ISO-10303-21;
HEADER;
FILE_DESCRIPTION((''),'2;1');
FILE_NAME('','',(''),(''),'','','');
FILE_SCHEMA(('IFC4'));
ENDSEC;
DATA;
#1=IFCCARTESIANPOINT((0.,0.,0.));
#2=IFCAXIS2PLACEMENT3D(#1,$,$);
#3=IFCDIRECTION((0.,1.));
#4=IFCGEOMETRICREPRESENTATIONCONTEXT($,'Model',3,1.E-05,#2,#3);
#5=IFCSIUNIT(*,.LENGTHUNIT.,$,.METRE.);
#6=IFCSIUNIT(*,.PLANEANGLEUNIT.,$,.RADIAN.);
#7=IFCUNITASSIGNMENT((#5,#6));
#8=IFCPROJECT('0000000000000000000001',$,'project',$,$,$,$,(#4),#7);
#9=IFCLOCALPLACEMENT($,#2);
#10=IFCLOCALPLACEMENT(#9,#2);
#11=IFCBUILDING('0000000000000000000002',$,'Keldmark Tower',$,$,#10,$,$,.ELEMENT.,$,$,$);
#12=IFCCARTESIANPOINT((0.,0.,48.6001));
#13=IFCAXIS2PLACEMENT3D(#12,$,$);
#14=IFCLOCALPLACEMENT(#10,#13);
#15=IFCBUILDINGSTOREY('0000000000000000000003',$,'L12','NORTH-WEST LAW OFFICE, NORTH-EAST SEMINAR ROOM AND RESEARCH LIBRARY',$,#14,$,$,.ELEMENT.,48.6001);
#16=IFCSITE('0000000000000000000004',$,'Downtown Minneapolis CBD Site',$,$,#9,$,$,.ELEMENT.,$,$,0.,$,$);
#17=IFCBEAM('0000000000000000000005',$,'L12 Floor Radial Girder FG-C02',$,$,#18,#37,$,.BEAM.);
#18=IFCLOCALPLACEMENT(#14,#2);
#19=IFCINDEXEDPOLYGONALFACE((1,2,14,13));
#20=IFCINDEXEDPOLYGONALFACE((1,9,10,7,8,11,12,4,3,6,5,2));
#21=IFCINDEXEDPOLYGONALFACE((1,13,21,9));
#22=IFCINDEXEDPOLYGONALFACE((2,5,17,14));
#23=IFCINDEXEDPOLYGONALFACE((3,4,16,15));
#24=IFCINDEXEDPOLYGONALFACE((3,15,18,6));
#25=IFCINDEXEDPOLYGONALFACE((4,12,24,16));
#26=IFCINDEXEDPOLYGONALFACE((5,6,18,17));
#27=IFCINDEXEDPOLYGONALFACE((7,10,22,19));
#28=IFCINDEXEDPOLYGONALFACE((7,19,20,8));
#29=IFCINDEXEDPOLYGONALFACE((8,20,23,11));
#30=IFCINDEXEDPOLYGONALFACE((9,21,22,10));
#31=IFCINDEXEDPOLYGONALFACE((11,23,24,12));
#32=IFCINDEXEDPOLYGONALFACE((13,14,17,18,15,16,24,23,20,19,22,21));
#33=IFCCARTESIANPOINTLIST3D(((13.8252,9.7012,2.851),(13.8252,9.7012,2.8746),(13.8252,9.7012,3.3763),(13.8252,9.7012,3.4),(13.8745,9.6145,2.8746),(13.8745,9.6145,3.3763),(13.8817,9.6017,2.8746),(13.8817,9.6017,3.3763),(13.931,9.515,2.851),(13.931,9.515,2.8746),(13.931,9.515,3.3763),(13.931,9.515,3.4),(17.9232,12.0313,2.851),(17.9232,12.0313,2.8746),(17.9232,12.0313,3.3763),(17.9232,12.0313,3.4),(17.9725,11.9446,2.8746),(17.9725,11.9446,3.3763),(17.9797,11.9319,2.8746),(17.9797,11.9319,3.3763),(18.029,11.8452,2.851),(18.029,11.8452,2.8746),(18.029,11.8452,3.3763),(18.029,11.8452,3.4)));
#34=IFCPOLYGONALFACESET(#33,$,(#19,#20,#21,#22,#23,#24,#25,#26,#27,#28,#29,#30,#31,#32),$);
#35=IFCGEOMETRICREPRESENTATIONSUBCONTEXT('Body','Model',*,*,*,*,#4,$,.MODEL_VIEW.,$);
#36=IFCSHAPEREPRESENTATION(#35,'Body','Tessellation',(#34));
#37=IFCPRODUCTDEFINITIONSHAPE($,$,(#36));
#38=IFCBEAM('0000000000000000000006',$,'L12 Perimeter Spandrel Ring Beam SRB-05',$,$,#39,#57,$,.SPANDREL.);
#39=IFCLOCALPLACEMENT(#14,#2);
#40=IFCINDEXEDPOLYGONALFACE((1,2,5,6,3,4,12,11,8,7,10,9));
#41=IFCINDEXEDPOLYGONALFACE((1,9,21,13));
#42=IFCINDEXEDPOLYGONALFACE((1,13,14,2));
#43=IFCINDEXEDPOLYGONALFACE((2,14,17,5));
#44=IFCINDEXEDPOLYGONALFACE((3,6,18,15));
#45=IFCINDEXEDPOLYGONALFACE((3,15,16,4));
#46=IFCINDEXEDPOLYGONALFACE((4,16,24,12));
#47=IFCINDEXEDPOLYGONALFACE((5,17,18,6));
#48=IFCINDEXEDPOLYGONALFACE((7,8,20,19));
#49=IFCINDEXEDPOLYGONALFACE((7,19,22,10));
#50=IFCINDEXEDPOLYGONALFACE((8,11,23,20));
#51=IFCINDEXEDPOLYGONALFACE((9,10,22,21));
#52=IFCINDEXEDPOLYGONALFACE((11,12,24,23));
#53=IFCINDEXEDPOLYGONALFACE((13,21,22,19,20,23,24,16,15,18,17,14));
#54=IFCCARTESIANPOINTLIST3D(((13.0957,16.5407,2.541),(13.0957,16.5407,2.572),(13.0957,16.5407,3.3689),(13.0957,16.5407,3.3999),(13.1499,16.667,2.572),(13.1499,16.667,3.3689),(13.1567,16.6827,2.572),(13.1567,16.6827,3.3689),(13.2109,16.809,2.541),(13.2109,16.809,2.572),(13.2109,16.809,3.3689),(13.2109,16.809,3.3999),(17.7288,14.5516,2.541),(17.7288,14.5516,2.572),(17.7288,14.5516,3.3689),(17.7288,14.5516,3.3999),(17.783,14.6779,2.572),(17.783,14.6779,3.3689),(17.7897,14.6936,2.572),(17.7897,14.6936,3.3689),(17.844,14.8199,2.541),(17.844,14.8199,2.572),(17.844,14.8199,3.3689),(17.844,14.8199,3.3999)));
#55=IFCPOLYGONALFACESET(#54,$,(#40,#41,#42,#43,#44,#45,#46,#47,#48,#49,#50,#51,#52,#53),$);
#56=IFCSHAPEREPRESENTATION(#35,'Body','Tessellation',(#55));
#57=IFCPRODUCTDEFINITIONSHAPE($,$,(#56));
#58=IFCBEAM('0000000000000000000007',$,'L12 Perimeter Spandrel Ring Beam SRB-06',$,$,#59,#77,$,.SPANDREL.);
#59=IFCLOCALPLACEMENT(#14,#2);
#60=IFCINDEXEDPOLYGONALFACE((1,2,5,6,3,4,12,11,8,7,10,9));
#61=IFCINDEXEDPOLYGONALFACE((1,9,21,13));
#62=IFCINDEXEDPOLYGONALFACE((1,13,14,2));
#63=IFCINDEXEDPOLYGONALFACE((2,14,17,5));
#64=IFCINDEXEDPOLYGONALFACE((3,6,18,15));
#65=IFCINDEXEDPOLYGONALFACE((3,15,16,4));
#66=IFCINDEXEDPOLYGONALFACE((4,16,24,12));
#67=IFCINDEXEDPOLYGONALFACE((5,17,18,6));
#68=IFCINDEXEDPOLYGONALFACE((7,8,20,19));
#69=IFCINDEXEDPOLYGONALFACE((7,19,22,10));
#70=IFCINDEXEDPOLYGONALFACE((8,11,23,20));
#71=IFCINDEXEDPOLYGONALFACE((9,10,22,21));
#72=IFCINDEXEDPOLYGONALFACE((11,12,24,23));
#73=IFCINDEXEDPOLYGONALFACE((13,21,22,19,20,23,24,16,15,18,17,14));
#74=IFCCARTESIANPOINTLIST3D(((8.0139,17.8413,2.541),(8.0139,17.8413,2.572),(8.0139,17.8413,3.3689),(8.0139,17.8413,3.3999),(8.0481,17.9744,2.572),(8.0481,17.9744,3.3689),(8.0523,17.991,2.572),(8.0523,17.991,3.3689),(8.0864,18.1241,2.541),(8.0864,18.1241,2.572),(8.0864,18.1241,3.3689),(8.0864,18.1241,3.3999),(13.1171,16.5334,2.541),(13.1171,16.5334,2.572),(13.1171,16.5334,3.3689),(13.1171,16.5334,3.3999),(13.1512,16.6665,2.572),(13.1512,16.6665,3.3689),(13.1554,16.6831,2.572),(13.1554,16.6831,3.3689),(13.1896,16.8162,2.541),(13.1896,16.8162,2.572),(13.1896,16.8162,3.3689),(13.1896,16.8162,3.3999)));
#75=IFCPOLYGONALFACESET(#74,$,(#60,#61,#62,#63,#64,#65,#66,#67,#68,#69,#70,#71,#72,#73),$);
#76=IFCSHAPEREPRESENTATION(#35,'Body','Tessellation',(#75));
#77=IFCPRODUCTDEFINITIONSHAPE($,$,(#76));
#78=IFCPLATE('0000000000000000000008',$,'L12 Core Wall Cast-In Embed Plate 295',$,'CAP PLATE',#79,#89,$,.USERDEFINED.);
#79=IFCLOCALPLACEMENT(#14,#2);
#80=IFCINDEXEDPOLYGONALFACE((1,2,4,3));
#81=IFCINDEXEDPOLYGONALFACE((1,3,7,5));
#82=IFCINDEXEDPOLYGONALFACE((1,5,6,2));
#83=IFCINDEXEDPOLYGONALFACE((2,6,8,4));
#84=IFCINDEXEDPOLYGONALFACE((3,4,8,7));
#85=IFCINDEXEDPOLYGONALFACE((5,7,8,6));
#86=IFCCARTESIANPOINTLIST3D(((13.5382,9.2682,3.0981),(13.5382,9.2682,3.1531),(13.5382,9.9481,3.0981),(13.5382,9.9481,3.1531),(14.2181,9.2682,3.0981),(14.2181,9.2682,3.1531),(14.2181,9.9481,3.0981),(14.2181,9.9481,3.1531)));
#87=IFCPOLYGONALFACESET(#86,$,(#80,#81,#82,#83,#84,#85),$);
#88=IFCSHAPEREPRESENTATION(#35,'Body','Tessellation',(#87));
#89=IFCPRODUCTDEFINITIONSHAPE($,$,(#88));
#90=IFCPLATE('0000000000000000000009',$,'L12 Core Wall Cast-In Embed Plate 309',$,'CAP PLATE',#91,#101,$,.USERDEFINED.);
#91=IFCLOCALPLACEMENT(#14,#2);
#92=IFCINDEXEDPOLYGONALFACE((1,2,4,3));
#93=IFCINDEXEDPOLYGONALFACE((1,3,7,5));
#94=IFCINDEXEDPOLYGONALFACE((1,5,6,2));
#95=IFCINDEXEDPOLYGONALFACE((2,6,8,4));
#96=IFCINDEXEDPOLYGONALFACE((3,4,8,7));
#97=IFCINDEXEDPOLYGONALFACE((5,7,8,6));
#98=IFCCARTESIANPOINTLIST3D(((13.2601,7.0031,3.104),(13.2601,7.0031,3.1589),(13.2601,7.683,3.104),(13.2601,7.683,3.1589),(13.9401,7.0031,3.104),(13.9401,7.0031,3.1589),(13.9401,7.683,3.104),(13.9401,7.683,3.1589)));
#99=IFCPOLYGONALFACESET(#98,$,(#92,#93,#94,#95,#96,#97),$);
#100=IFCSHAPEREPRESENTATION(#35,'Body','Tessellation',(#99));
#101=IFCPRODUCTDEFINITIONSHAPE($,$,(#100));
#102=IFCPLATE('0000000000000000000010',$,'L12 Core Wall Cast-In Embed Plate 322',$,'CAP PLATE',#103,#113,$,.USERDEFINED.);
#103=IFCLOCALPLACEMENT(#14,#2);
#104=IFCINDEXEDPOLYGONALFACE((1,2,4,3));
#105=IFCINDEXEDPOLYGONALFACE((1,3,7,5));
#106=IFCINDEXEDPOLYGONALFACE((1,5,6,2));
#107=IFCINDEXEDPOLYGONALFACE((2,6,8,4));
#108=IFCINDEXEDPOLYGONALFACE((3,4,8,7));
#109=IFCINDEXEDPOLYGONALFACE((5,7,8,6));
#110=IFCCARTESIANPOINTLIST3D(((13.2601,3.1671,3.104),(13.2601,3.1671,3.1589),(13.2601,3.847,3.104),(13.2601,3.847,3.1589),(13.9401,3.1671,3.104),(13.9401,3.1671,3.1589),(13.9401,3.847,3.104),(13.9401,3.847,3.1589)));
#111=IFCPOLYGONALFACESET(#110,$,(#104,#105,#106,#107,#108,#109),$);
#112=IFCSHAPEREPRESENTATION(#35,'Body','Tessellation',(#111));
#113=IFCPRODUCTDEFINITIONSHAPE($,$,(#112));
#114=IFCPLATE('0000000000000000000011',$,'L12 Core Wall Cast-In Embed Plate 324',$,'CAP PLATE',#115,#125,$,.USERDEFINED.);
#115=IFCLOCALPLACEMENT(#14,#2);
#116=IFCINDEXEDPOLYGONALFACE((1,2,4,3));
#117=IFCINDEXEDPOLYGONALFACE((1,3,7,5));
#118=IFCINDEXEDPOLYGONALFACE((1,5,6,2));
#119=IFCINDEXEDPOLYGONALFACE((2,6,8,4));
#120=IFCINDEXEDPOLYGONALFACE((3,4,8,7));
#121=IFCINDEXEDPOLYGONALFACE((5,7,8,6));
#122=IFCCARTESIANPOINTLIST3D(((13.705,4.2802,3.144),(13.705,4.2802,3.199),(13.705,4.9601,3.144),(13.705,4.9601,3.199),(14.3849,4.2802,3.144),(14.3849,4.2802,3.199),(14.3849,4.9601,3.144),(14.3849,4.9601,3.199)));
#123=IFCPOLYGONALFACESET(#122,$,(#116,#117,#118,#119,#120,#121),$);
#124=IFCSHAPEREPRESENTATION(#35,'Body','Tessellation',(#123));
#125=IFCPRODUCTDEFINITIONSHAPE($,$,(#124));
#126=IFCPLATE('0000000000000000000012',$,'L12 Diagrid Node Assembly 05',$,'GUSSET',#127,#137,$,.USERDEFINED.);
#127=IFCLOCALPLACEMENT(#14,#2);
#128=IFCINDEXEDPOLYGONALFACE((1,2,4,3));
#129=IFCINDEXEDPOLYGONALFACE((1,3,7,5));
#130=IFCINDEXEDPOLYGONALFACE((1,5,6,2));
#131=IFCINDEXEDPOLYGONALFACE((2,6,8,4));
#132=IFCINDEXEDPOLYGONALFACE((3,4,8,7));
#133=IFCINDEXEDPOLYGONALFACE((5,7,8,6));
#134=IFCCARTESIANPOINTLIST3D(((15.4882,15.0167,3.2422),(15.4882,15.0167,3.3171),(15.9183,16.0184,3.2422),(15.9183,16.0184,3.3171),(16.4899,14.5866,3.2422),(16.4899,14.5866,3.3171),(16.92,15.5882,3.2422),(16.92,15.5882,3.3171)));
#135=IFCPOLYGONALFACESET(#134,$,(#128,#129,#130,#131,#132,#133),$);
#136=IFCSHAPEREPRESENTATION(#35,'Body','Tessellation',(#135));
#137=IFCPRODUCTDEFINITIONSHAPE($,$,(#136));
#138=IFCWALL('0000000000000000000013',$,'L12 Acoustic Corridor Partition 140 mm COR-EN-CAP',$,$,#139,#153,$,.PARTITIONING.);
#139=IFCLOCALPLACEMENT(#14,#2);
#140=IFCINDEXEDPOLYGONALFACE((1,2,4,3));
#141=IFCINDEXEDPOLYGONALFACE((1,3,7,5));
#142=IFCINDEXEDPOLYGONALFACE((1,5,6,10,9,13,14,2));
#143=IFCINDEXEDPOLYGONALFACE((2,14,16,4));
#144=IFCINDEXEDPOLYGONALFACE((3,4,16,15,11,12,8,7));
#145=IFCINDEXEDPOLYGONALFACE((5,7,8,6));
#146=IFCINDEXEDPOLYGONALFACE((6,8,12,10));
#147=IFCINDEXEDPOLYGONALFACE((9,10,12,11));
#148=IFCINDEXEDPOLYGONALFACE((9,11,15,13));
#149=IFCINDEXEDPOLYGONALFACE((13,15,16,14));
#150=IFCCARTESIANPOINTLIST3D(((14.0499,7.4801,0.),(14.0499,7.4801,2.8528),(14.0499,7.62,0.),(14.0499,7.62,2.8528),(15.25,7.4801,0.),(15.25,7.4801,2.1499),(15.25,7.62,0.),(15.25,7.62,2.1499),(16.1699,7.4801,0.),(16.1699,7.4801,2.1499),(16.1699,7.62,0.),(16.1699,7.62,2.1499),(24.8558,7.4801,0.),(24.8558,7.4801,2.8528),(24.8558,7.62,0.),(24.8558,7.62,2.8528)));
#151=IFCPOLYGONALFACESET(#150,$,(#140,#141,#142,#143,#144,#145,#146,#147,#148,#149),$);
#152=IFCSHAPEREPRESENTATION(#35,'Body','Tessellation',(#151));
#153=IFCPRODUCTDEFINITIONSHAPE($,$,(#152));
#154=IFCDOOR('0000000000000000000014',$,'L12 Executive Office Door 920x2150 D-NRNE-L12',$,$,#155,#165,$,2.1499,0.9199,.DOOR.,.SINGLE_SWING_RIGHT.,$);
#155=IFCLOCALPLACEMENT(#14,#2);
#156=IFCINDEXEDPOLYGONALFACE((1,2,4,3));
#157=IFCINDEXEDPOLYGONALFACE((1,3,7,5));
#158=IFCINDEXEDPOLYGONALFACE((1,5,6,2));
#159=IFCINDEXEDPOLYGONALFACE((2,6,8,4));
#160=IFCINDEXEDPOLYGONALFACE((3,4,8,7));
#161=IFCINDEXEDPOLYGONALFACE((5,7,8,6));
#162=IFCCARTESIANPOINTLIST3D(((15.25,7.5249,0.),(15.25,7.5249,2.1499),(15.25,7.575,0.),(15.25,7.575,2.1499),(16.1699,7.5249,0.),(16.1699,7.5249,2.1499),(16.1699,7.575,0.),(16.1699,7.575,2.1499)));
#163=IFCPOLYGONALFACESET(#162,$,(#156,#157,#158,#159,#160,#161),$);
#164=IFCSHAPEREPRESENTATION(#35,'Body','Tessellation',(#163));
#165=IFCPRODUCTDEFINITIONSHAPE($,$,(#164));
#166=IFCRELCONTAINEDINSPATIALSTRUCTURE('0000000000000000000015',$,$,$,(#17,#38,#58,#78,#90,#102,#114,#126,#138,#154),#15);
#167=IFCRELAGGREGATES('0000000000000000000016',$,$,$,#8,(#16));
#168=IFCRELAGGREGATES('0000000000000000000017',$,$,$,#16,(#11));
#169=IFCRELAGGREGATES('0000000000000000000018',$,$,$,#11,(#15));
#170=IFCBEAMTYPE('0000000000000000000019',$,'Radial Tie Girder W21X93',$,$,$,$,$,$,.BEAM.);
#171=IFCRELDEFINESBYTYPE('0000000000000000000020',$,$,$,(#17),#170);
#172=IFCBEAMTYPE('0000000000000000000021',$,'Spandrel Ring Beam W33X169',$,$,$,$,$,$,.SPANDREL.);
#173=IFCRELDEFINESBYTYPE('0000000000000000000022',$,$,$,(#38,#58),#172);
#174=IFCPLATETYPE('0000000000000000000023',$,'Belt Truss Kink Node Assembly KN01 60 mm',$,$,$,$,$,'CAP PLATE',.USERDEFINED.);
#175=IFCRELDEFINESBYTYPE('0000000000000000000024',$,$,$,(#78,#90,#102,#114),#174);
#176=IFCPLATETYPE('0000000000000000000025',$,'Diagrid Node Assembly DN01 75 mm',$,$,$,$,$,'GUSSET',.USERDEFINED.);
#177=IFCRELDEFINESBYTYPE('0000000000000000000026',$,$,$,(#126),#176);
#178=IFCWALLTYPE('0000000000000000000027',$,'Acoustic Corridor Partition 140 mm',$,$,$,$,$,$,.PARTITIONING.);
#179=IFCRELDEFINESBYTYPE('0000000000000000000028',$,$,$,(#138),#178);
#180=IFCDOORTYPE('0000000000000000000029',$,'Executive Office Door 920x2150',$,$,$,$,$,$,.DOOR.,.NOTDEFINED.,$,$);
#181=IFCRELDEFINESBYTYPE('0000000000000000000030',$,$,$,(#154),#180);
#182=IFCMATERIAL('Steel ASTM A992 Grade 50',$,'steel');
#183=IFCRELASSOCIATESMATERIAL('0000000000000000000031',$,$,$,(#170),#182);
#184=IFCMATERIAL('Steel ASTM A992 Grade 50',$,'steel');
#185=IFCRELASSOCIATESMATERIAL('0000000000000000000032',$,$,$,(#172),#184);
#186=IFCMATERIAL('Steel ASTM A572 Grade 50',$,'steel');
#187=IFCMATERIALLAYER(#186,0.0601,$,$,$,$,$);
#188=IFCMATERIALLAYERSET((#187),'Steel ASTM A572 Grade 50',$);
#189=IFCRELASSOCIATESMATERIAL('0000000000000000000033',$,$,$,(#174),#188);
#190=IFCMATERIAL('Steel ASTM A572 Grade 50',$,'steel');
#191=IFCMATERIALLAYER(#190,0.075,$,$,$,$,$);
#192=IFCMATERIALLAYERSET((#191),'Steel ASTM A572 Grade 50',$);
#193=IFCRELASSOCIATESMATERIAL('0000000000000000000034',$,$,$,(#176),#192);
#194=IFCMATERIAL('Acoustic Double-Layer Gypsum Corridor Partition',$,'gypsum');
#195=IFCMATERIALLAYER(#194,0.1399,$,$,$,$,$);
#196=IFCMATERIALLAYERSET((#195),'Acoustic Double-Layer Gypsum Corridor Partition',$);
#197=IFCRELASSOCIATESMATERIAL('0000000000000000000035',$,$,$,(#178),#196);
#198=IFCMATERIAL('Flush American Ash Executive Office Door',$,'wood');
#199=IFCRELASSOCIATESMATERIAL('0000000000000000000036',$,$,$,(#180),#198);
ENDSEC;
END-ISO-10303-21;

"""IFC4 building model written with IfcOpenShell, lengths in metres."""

from ifc_helpers import new_model, si_unit, direction, frame, frame_2d, origin, origin_2d, place, context, subcontext, project, spatial, rectangle, i_section, extrude, material, layer, layer_set, material_profile, profile_set, type_object, element, fill, save


model = new_model("IFC4")

# Units and contexts
model_context = context("Model", 3, precision=1e-05, world=origin(), true_north=direction((0.0, 1.0)))
body_context = subcontext(model_context, "Body", "Model", "MODEL_VIEW")
ifc_project = project(units=[si_unit("LENGTHUNIT", "METRE"), si_unit("PLANEANGLEUNIT", "RADIAN")], contexts=[model_context])

# Site, building, storey
site_placement = place(None, origin())
site = spatial("IfcSite", under=ifc_project, at=site_placement, Name="Downtown Minneapolis CBD Site", CompositionType="ELEMENT", RefElevation=0.0)
building_placement = place(site_placement, origin())
building = spatial("IfcBuilding", under=site, at=building_placement, Name="Keldmark Tower", CompositionType="ELEMENT")
storey_placement = place(building_placement, frame((0.0, 0.0, 48.6001)))
storey = spatial("IfcBuildingStorey", under=building, at=storey_placement, Name="L12", Description="NORTH-WEST LAW OFFICE, NORTH-EAST SEMINAR ROOM AND RESEARCH LIBRARY", CompositionType="ELEMENT", Elevation=48.6001)

# Beams
ifc_material_1 = material(Name="Steel ASTM A992 Grade 50", Category="steel")
ifc_material_profile_1 = material_profile(ifc_material_1, i_section(OverallWidth=0.2141, OverallDepth=0.5491, WebThickness=0.0146, FlangeThickness=0.0237, at=origin_2d()), Name="W21X93")
ifc_profile_set_1 = profile_set([ifc_material_profile_1], Name="Steel ASTM A992 Grade 50")
beam_type_1 = type_object("IfcBeamType", Name="Radial Tie Girder W21X93", PredefinedType="BEAM", material=ifc_profile_set_1)
beam_1_placement = place(storey_placement, frame((17.9761, 11.9382, 3.1255), z_axis=(-0.869299, -0.494286, 0.0), x_axis=(0.494286, -0.869299, 0.0)))
element("IfcBeam", 1, at=beam_1_placement, inside=storey, type_object=beam_type_1, Name="L12 Floor Radial Girder FG-C02", PredefinedType="BEAM", context=body_context, shape_type="SweptSolid", body=[
    extrude(i_section(OverallWidth=0.2141, OverallDepth=0.5491, WebThickness=0.0146, FlangeThickness=0.0237, at=origin_2d()), origin(), (0.0, 0.0, 1.0), 4.7141),
])
ifc_material_2 = material(Name="Steel ASTM A992 Grade 50", Category="steel")
ifc_material_profile_2 = material_profile(ifc_material_2, i_section(OverallWidth=0.292, OverallDepth=0.8589, WebThickness=0.0171, FlangeThickness=0.031, at=origin_2d()), Name="W33X169")
ifc_profile_set_2 = profile_set([ifc_material_profile_2], Name="Steel ASTM A992 Grade 50")
beam_type_2 = type_object("IfcBeamType", Name="Spandrel Ring Beam W33X169", PredefinedType="SPANDREL", material=ifc_profile_set_2)
beam_2_placement = place(storey_placement, frame((17.7864, 14.6858, 2.9705), z_axis=(-0.918899, 0.394492, 0.0), x_axis=(-0.394492, -0.918899, 0.0)))
element("IfcBeam", 2, at=beam_2_placement, inside=storey, type_object=beam_type_2, Name="L12 Perimeter Spandrel Ring Beam SRB-05", PredefinedType="SPANDREL", context=body_context, shape_type="SweptSolid", body=[
    extrude(i_section(OverallWidth=0.292, OverallDepth=0.8589, WebThickness=0.0171, FlangeThickness=0.031, at=origin_2d()), origin(), (0.0, 0.0, 1.0), 5.042),
])
beam_3_placement = place(storey_placement, frame((13.1533, 16.6748, 2.9705), z_axis=(-0.968692, 0.248267, 0.0), x_axis=(-0.248267, -0.968692, 0.0)))
element("IfcBeam", 3, at=beam_3_placement, inside=storey, type_object=beam_type_2, Name="L12 Perimeter Spandrel Ring Beam SRB-06", PredefinedType="SPANDREL", context=body_context, shape_type="SweptSolid", body=[
    extrude(i_section(OverallWidth=0.292, OverallDepth=0.8589, WebThickness=0.0171, FlangeThickness=0.031, at=origin_2d()), origin(), (0.0, 0.0, 1.0), 5.2681),
])

# Plates
ifc_material_3 = material(Name="Steel ASTM A572 Grade 50", Category="steel")
ifc_layer_1 = layer(ifc_material_3, 0.0601)
ifc_layer_set_1 = layer_set([ifc_layer_1], Name="Steel ASTM A572 Grade 50")
plate_type_1 = type_object("IfcPlateType", Name="Belt Truss Kink Node Assembly KN01 60 mm", ElementType="CAP PLATE", PredefinedType="USERDEFINED", material=ifc_layer_set_1)
for number, where, z_axis, x_axis, name in (
    (4, (13.8782, 9.6082, 3.0981), (0.0, 0.0, 1.0), (1.0, 0.0, 0.0), "L12 Core Wall Cast-In Embed Plate 295"),
    (5, (13.6001, 7.343, 3.104), (0.0, 0.0, 1.0), (1.0, 0.0, 0.0), "L12 Core Wall Cast-In Embed Plate 309"),
    (6, (13.6001, 3.5071, 3.104), (0.0, 0.0, 1.0), (1.0, 0.0, 0.0), "L12 Core Wall Cast-In Embed Plate 322"),
    (7, (14.0449, 4.6201, 3.144), (0.0, 0.0, 1.0), (1.0, 0.0, 0.0), "L12 Core Wall Cast-In Embed Plate 324"),
):
    element("IfcPlate", number, at=place(storey_placement, frame(where, z_axis=z_axis, x_axis=x_axis)), inside=storey, type_object=plate_type_1, Name=name, ObjectType="CAP PLATE", PredefinedType="USERDEFINED", context=body_context, shape_type="SweptSolid", body=[
        extrude(rectangle(XDim=0.6799, YDim=0.6799, at=origin_2d()), origin(), (0.0, 0.0, 1.0), 0.0549),
    ])
ifc_material_4 = material(Name="Steel ASTM A572 Grade 50", Category="steel")
ifc_layer_2 = layer(ifc_material_4, 0.075)
ifc_layer_set_2 = layer_set([ifc_layer_2], Name="Steel ASTM A572 Grade 50")
plate_type_2 = type_object("IfcPlateType", Name="Diagrid Node Assembly DN01 75 mm", ElementType="GUSSET", PredefinedType="USERDEFINED", material=ifc_layer_set_2)
plate_placement = place(storey_placement, frame((16.2041, 15.3025, 3.2422), z_axis=(0.0, 0.0, 1.0), x_axis=(-0.91886, 0.394583, 0.0)))
element("IfcPlate", 8, at=plate_placement, inside=storey, type_object=plate_type_2, Name="L12 Diagrid Node Assembly 05", ObjectType="GUSSET", PredefinedType="USERDEFINED", context=body_context, shape_type="SweptSolid", body=[
    extrude(rectangle(XDim=1.0901, YDim=1.0901, at=origin_2d()), origin(), (0.0, 0.0, 1.0), 0.075),
])

# Wall, opening, door
ifc_material_5 = material(Name="Acoustic Double-Layer Gypsum Corridor Partition", Category="gypsum")
ifc_layer_3 = layer(ifc_material_5, 0.1399)
ifc_layer_set_3 = layer_set([ifc_layer_3], Name="Acoustic Double-Layer Gypsum Corridor Partition")
wall_type_1 = type_object("IfcWallType", Name="Acoustic Corridor Partition 140 mm", PredefinedType="PARTITIONING", material=ifc_layer_set_3)
wall_1_placement = place(storey_placement, frame((14.05, 7.55, 0.0), z_axis=(0.0, 0.0, 1.0), x_axis=(1.0, 0.0, 0.0)))
wall_1 = element("IfcWall", 9, at=wall_1_placement, inside=storey, type_object=wall_type_1, Name="L12 Acoustic Corridor Partition 140 mm COR-EN-CAP", PredefinedType="PARTITIONING", context=body_context, shape_type="SweptSolid", body=[
    extrude(rectangle(XDim=10.8059, YDim=0.1399, at=frame_2d((5.4028, 0.0))), origin(), (0.0, 0.0, 1.0), 2.8528),
])
opening_1_placement = place(wall_1_placement, frame((1.2, 0.0, 0.0)))
opening_1 = element("IfcOpeningElement", 10, at=opening_1_placement, cuts=wall_1, PredefinedType="OPENING", context=body_context, shape_type="SweptSolid", body=[
    extrude(rectangle(XDim=0.9199, YDim=2.1499, at=frame_2d((0.46, 1.075))), frame((0.0, 0.0798, 0.0), z_axis=(0.0, -1.0, 0.0), x_axis=(1.0, 0.0, 0.0)), (0.0, 0.0, 1.0), 0.1599),
])
ifc_material_6 = material(Name="Flush American Ash Executive Office Door", Category="wood")
door_type = type_object("IfcDoorType", Name="Executive Office Door 920x2150", OperationType="NOTDEFINED", PredefinedType="DOOR", material=ifc_material_6)
door_placement = place(opening_1_placement, origin())
door = element("IfcDoor", 11, at=door_placement, inside=storey, type_object=door_type, Name="L12 Executive Office Door 920x2150 D-NRNE-L12", OperationType="SINGLE_SWING_RIGHT", OverallHeight=2.1499, OverallWidth=0.9199, PredefinedType="DOOR", context=body_context, shape_type="SweptSolid", body=[
    extrude(rectangle(XDim=0.9199, YDim=2.1499, at=frame_2d((0.46, 1.075))), frame((0.0, 0.0249, 0.0), z_axis=(0.0, -1.0, 0.0), x_axis=(1.0, 0.0, 0.0)), (0.0, 0.0, 1.0), 0.05),
])
fill(opening_1, door)

save(model, "model.ifc")
